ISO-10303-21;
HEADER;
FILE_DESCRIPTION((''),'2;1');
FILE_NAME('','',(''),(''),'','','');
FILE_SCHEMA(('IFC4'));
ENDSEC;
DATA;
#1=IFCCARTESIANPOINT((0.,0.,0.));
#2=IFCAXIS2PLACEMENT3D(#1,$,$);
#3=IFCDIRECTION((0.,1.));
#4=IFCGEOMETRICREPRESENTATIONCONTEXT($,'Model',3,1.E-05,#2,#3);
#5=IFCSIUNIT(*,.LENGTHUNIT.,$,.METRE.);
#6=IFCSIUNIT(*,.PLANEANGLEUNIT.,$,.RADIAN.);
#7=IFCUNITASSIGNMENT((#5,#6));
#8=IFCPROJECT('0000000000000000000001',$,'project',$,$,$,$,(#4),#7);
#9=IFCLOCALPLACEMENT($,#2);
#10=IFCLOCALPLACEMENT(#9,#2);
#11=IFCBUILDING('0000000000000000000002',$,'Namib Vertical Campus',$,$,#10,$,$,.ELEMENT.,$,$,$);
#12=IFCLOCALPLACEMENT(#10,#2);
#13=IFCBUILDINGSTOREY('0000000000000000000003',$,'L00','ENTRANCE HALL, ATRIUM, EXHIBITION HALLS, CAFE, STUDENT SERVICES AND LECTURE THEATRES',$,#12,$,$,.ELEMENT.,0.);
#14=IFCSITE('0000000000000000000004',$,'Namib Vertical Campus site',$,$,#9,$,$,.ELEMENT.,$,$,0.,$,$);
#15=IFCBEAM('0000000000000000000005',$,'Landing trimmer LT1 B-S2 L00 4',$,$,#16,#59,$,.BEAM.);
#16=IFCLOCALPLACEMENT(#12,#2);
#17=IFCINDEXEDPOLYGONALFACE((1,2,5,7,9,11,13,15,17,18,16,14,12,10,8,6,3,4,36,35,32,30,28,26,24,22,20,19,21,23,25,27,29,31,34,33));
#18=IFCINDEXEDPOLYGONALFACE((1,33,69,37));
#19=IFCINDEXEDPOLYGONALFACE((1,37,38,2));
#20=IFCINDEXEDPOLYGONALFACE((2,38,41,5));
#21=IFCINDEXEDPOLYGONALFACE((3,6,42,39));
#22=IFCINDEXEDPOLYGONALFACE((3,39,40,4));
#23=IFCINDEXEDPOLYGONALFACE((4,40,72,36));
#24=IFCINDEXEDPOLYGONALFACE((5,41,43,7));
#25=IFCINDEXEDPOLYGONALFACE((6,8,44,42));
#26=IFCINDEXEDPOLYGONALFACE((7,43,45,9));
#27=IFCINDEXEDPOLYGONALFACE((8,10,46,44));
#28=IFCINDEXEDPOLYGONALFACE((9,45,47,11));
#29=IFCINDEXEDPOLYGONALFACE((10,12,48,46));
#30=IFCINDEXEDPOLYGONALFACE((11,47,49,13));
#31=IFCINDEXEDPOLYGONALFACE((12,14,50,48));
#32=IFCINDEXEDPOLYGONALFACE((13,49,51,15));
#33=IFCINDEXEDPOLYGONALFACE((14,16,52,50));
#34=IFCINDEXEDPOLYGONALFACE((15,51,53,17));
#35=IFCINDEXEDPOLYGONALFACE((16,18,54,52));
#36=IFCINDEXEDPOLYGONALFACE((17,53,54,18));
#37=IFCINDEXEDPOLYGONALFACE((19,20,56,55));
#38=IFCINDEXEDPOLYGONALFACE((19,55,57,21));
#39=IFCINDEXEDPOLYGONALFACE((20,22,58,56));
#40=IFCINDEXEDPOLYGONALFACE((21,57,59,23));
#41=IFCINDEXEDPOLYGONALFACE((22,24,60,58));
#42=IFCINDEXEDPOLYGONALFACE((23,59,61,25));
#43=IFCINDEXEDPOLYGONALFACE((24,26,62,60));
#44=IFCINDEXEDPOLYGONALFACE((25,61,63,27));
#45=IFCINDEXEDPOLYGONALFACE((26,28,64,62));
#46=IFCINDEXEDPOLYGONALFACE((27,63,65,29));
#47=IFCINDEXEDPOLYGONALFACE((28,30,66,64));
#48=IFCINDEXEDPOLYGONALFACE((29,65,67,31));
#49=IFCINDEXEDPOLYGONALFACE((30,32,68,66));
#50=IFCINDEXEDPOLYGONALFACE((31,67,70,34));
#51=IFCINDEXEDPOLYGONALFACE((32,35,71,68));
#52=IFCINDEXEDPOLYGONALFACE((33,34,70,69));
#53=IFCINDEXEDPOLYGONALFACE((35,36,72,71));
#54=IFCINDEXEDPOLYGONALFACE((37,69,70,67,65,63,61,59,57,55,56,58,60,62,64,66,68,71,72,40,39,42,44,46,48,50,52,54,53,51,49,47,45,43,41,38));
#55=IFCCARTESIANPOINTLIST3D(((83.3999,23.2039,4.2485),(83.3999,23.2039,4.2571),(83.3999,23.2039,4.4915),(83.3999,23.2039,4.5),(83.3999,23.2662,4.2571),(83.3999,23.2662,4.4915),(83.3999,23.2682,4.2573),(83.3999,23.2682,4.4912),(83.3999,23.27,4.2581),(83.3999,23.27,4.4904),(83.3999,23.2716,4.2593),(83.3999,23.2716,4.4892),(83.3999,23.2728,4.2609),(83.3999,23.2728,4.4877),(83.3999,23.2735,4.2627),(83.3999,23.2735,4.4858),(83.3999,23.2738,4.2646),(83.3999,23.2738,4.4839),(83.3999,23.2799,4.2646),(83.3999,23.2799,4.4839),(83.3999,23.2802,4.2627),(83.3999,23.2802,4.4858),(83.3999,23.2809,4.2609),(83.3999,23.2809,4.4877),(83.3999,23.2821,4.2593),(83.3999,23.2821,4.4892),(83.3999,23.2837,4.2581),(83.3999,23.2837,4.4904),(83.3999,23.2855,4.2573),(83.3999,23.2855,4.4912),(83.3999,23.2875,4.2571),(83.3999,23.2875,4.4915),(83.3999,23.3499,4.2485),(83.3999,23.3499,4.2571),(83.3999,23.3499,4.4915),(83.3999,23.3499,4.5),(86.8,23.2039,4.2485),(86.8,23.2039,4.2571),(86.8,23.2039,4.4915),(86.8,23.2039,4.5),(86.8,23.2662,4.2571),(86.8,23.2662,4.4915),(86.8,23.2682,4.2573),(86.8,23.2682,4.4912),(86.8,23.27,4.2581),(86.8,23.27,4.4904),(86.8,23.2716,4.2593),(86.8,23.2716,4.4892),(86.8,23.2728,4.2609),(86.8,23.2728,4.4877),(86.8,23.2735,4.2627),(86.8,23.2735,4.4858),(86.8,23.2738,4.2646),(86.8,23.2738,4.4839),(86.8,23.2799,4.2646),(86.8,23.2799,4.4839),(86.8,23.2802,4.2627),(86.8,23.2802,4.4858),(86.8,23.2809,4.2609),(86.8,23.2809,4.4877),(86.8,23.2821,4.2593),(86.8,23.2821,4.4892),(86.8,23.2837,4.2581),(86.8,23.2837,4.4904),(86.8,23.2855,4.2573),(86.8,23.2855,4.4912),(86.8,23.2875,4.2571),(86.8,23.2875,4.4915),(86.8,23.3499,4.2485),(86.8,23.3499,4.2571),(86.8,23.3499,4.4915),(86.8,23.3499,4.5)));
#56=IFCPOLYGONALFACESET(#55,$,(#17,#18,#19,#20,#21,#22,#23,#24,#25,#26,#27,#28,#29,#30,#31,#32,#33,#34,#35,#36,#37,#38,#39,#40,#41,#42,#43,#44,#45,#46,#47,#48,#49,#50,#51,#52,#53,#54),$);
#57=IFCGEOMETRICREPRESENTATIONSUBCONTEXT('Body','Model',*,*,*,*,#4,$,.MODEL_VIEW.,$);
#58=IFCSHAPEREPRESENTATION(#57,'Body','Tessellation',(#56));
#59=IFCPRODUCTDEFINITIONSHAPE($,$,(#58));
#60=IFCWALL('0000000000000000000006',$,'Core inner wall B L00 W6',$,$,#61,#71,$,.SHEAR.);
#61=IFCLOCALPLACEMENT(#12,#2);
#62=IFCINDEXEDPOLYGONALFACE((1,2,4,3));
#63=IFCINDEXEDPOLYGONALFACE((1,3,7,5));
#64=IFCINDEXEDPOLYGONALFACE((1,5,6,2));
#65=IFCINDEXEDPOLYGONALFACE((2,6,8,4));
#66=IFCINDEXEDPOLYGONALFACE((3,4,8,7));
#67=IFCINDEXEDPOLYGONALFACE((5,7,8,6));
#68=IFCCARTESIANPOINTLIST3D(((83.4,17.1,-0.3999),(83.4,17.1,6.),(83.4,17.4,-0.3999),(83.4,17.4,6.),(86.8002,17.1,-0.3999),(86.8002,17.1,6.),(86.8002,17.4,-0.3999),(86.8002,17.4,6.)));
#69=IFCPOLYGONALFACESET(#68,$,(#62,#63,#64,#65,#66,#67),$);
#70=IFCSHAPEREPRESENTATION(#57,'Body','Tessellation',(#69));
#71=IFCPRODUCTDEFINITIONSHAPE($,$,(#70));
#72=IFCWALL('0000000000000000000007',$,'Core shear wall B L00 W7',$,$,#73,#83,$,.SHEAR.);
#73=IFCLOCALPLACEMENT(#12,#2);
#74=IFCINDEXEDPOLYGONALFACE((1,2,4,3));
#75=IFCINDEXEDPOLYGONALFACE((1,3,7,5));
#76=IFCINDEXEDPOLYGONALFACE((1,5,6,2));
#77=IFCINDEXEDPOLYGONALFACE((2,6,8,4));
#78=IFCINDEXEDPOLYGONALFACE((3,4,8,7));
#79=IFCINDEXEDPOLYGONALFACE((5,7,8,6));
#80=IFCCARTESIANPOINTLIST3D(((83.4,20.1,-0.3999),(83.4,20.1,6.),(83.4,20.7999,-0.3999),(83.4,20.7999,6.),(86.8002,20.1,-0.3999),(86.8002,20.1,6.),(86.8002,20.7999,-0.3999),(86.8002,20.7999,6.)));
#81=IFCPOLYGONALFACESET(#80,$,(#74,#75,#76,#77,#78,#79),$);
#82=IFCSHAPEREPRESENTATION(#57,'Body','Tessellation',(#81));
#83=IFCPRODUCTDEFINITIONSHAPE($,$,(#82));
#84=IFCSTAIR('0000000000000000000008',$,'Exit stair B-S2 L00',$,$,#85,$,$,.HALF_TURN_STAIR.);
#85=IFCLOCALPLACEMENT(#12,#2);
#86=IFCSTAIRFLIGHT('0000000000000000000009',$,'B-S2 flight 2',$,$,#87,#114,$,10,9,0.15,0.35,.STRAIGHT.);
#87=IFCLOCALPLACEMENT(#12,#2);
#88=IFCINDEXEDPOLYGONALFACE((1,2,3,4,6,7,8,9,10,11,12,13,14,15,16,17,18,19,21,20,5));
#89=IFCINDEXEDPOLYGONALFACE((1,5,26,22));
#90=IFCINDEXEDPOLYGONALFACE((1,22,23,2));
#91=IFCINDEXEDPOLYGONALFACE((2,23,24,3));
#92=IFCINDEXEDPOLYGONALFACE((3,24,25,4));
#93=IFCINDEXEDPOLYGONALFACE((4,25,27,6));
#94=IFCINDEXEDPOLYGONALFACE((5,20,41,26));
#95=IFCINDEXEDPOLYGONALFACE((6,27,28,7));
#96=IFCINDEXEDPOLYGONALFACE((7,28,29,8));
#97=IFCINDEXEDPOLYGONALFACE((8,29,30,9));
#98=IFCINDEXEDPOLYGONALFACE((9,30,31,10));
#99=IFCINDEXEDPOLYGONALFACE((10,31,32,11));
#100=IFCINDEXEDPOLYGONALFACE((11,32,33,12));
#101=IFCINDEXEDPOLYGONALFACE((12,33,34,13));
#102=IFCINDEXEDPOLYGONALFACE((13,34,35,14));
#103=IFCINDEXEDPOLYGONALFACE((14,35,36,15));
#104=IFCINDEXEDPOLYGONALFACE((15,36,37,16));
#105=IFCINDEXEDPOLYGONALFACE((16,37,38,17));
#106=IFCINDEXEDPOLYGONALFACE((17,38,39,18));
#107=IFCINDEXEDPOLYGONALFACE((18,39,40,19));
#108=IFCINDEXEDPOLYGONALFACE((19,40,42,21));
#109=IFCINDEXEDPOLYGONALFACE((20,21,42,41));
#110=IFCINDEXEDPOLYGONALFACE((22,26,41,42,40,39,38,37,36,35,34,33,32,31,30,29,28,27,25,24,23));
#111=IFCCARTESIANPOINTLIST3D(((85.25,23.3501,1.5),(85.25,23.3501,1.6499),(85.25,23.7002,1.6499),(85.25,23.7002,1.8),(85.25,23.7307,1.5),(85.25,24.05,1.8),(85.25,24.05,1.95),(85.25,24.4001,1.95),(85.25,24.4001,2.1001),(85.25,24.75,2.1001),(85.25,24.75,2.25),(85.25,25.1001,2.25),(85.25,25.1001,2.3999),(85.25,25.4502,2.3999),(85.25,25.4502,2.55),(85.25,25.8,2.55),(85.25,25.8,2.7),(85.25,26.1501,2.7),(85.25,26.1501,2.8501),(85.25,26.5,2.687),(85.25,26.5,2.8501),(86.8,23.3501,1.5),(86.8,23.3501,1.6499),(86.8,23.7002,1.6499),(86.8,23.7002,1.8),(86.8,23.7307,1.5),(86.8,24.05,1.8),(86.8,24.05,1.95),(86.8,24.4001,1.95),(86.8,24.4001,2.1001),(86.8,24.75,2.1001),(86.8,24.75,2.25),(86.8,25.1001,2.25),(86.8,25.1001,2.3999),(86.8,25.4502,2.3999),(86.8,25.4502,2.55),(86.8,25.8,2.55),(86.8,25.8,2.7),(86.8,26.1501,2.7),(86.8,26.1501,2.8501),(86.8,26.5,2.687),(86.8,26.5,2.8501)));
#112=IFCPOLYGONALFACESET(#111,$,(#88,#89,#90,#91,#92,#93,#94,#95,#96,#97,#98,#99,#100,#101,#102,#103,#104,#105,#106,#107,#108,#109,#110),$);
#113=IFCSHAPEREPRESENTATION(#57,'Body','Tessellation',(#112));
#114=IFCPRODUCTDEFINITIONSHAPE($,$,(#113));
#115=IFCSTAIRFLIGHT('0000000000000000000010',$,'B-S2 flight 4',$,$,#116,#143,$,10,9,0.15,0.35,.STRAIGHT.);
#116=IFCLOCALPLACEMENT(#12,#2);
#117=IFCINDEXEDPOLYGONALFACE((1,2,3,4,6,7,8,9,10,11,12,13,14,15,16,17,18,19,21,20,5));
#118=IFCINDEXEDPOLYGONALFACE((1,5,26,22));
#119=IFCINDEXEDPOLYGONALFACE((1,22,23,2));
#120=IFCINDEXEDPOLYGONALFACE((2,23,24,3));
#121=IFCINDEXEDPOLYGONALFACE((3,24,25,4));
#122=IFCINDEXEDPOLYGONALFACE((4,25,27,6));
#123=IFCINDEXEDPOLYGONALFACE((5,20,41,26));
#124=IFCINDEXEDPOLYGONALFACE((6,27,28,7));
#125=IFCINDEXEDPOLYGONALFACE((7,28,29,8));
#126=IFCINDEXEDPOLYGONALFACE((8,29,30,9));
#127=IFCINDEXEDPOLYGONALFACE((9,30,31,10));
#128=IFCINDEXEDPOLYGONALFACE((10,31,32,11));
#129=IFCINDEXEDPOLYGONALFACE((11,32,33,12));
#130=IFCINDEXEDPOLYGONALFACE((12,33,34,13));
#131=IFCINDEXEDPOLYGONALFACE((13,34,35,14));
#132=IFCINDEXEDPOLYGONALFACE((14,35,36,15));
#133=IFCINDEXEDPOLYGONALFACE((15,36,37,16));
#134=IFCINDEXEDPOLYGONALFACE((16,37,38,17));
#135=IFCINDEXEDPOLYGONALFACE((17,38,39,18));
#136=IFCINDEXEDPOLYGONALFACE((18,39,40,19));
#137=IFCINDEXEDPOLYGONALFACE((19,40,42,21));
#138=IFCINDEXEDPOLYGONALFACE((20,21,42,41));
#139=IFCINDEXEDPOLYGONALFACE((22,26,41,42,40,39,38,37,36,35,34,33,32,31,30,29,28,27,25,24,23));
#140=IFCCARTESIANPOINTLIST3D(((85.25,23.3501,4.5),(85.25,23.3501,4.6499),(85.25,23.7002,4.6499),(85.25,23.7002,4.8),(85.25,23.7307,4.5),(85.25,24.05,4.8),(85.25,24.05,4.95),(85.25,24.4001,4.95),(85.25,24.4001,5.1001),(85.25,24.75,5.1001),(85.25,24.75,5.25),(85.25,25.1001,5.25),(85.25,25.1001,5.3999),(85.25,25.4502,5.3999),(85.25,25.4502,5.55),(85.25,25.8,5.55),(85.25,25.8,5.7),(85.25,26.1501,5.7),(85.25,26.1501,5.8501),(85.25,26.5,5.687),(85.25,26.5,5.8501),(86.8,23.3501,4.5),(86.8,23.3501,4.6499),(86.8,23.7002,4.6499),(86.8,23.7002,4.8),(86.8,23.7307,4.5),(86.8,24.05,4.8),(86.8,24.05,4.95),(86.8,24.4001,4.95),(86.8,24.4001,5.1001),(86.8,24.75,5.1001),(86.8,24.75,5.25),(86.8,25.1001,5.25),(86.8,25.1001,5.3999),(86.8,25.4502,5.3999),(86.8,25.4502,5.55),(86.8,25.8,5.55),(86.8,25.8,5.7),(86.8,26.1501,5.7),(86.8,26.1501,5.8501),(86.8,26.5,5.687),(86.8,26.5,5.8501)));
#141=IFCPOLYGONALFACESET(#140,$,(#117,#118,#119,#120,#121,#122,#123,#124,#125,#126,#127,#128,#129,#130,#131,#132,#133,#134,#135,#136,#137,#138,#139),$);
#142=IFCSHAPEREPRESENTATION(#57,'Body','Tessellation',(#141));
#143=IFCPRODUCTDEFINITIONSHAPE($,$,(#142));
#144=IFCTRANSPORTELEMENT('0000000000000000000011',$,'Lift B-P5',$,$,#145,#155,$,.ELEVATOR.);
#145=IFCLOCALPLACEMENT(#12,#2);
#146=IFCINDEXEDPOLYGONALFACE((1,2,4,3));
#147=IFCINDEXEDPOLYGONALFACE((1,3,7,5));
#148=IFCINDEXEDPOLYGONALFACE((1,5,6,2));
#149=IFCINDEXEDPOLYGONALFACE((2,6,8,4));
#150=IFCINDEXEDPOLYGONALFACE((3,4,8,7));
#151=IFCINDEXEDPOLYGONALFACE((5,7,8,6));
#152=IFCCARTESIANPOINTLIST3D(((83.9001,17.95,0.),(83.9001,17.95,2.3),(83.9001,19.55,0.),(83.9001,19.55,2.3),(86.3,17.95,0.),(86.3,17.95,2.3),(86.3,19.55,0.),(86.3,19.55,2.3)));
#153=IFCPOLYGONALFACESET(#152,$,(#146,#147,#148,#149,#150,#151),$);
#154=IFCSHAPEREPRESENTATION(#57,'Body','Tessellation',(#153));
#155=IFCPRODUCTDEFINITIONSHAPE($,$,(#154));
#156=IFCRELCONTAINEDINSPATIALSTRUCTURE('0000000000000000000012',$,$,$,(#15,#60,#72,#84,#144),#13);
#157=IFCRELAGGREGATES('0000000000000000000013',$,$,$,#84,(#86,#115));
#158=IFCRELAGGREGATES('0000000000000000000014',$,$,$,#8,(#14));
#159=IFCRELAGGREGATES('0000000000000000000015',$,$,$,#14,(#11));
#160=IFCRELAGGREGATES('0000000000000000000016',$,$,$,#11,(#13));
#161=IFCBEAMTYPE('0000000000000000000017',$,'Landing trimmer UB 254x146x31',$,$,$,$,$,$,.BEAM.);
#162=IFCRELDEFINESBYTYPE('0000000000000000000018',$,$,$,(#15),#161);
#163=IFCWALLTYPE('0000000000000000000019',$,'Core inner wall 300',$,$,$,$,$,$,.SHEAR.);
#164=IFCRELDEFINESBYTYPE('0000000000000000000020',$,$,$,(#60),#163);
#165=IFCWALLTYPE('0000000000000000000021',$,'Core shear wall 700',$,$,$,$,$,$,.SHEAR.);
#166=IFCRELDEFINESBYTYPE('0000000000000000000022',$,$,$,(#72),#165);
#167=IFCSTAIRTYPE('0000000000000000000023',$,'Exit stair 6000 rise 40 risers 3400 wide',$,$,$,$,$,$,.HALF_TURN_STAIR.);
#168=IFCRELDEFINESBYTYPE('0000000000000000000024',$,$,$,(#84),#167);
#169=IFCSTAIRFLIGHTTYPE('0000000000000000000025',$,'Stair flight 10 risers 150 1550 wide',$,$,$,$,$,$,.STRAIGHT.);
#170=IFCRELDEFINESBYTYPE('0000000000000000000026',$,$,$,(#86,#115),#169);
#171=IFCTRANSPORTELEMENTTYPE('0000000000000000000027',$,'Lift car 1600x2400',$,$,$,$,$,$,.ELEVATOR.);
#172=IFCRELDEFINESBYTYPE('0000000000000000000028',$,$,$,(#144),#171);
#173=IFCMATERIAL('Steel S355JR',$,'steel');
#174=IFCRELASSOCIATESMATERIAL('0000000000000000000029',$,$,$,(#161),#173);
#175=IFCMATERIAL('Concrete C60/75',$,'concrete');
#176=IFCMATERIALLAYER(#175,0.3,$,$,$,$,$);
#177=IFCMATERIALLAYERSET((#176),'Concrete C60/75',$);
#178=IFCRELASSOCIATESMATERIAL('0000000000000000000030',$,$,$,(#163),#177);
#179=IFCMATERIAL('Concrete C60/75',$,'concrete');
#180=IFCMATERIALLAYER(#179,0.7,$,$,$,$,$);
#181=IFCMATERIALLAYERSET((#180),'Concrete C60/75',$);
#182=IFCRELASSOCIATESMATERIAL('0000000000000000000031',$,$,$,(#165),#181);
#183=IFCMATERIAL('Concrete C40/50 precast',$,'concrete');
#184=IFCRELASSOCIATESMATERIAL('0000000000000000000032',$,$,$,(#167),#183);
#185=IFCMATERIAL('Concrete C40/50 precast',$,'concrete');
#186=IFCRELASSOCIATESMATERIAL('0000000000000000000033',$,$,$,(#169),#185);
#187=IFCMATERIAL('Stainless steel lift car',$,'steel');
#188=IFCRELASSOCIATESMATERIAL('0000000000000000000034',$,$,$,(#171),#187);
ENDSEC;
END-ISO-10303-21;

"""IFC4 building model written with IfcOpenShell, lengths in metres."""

from ifc_helpers import new_model, si_unit, direction, frame, frame_2d, origin, origin_2d, place, context, subcontext, project, spatial, polyline, rectangle, i_section, outline, extrude, material, layer, layer_set, material_profile, profile_set, type_object, element, aggregate, save


model = new_model("IFC4")

# Units and contexts
model_context = context("Model", 3, precision=1e-05, world=origin(), true_north=direction((0.0, 1.0)))
body_context = subcontext(model_context, "Body", "Model", "MODEL_VIEW")
ifc_project = project(units=[si_unit("LENGTHUNIT", "METRE"), si_unit("PLANEANGLEUNIT", "RADIAN")], contexts=[model_context])

# Site, building, storey
site_placement = place(None, origin())
site = spatial("IfcSite", under=ifc_project, at=site_placement, Name="Namib Vertical Campus site", CompositionType="ELEMENT", RefElevation=0.0)
building_placement = place(site_placement, origin())
building = spatial("IfcBuilding", under=site, at=building_placement, Name="Namib Vertical Campus", CompositionType="ELEMENT")
storey_placement = place(building_placement, origin())
storey = spatial("IfcBuildingStorey", under=building, at=storey_placement, Name="L00", Description="ENTRANCE HALL, ATRIUM, EXHIBITION HALLS, CAFE, STUDENT SERVICES AND LECTURE THEATRES", CompositionType="ELEMENT", Elevation=0.0)

# Beam
ifc_material_1 = material(Name="Steel S355JR", Category="steel")
ifc_material_profile_1 = material_profile(ifc_material_1, i_section(OverallWidth=0.146, OverallDepth=0.2515, WebThickness=0.0061, FlangeThickness=0.0085, FilletRadius=0.0076, at=origin_2d()))
ifc_profile_set_1 = profile_set([ifc_material_profile_1], Name="Steel S355JR")
beam_type = type_object("IfcBeamType", Name="Landing trimmer UB 254x146x31", PredefinedType="BEAM", material=ifc_profile_set_1)
for number, where, z_axis, x_axis, name in (
    (1, (83.3999, 23.2769, 4.3743), (1.0, 0.0, 0.0), (0.0, 1.0, 0.0), "Landing trimmer LT1 B-S2 L00 4"),
):
    element("IfcBeam", number, at=place(storey_placement, frame(where, z_axis=z_axis, x_axis=x_axis)), inside=storey, type_object=beam_type, Name=name, PredefinedType="BEAM", context=body_context, shape_type="SweptSolid", body=[
        extrude(i_section(OverallWidth=0.146, OverallDepth=0.2515, WebThickness=0.0061, FlangeThickness=0.0085, FilletRadius=0.0076, at=origin_2d()), origin(), (0.0, 0.0, 1.0), 3.4001),
    ])

# Walls
ifc_material_2 = material(Name="Concrete C60/75", Category="concrete")
ifc_layer_1 = layer(ifc_material_2, 0.3)
ifc_layer_set_1 = layer_set([ifc_layer_1], Name="Concrete C60/75")
wall_type_1 = type_object("IfcWallType", Name="Core inner wall 300", PredefinedType="SHEAR", material=ifc_layer_set_1)
wall_1_placement = place(storey_placement, frame((83.3999, 17.25, -0.3999), z_axis=(0.0, 0.0, 1.0), x_axis=(1.0, 0.0, 0.0)))
element("IfcWall", 2, at=wall_1_placement, inside=storey, type_object=wall_type_1, Name="Core inner wall B L00 W6", PredefinedType="SHEAR", context=body_context, shape_type="SweptSolid", body=[
    extrude(rectangle(XDim=3.4001, YDim=0.3, at=frame_2d((1.7002, 0.0))), origin(), (0.0, 0.0, 1.0), 6.3999),
])
ifc_material_3 = material(Name="Concrete C60/75", Category="concrete")
ifc_layer_2 = layer(ifc_material_3, 0.7)
ifc_layer_set_2 = layer_set([ifc_layer_2], Name="Concrete C60/75")
wall_type_2 = type_object("IfcWallType", Name="Core shear wall 700", PredefinedType="SHEAR", material=ifc_layer_set_2)
wall_2_placement = place(storey_placement, frame((83.3999, 20.45, -0.3999), z_axis=(0.0, 0.0, 1.0), x_axis=(1.0, 0.0, 0.0)))
element("IfcWall", 3, at=wall_2_placement, inside=storey, type_object=wall_type_2, Name="Core shear wall B L00 W7", PredefinedType="SHEAR", context=body_context, shape_type="SweptSolid", body=[
    extrude(rectangle(XDim=3.4001, YDim=0.7, at=frame_2d((1.7002, 0.0))), origin(), (0.0, 0.0, 1.0), 6.3999),
])

# Stair, stair flights
ifc_material_4 = material(Name="Concrete C40/50 precast", Category="concrete")
stair_type = type_object("IfcStairType", Name="Exit stair 6000 rise 40 risers 3400 wide", PredefinedType="HALF_TURN_STAIR", material=ifc_material_4)
stair_placement = place(storey_placement, origin())
stair = element("IfcStair", 4, at=stair_placement, inside=storey, type_object=stair_type, Name="Exit stair B-S2 L00", PredefinedType="HALF_TURN_STAIR")
ifc_material_5 = material(Name="Concrete C40/50 precast", Category="concrete")
stair_flight_type = type_object("IfcStairFlightType", Name="Stair flight 10 risers 150 1550 wide", PredefinedType="STRAIGHT", material=ifc_material_5)
stair_flight_1_placement = place(storey_placement, frame((86.0249, 23.3501, 1.5), z_axis=(0.0, 0.0, 1.0), x_axis=(0.0, 1.0, 0.0)))
stair_flight_1 = element("IfcStairFlight", 5, at=stair_flight_1_placement, type_object=stair_flight_type, Name="B-S2 flight 2", NumberOfRisers=10, NumberOfTreads=9, PredefinedType="STRAIGHT", RiserHeight=0.15, TreadLength=0.35, context=body_context, shape_type="SweptSolid", body=[
    extrude(outline(polyline([(0.0, 0.0), (0.0, 0.1499), (0.3501, 0.1499), (0.3501, 0.3), (0.7, 0.3), (0.7, 0.45), (1.05, 0.45), (1.05, 0.6001), (1.3999, 0.6001), (1.3999, 0.75), (1.75, 0.75), (1.75, 0.8999), (2.1001, 0.8999), (2.1001, 1.05), (2.45, 1.05), (2.45, 1.2), (2.8, 1.2), (2.8, 1.3501), (3.1499, 1.3501), (3.1499, 1.5), (3.1499, 1.187), (0.3806, 0.0), (0.0, 0.0)])), frame((0.0, 0.7749, 0.0), z_axis=(0.0, -1.0, 0.0), x_axis=(1.0, 0.0, 0.0)), (0.0, 0.0, 1.0), 1.55),
])
stair_flight_2_placement = place(storey_placement, frame((86.0249, 23.3501, 4.5), z_axis=(0.0, 0.0, 1.0), x_axis=(0.0, 1.0, 0.0)))
stair_flight_2 = element("IfcStairFlight", 6, at=stair_flight_2_placement, type_object=stair_flight_type, Name="B-S2 flight 4", NumberOfRisers=10, NumberOfTreads=9, PredefinedType="STRAIGHT", RiserHeight=0.15, TreadLength=0.35, context=body_context, shape_type="SweptSolid", body=[
    extrude(outline(polyline([(0.0, 0.0), (0.0, 0.1499), (0.3501, 0.1499), (0.3501, 0.3), (0.7, 0.3), (0.7, 0.45), (1.05, 0.45), (1.05, 0.6001), (1.3999, 0.6001), (1.3999, 0.75), (1.75, 0.75), (1.75, 0.8999), (2.1001, 0.8999), (2.1001, 1.05), (2.45, 1.05), (2.45, 1.2), (2.8, 1.2), (2.8, 1.3501), (3.1499, 1.3501), (3.1499, 1.5), (3.1499, 1.187), (0.3806, 0.0), (0.0, 0.0)])), frame((0.0, 0.7749, 0.0), z_axis=(0.0, -1.0, 0.0), x_axis=(1.0, 0.0, 0.0)), (0.0, 0.0, 1.0), 1.55),
])
aggregate(stair, [stair_flight_1, stair_flight_2])

# Transport element
ifc_material_6 = material(Name="Stainless steel lift car", Category="steel")
transport_element_type = type_object("IfcTransportElementType", Name="Lift car 1600x2400", PredefinedType="ELEVATOR", material=ifc_material_6)
transport_element_placement = place(storey_placement, frame((85.1001, 18.75, 0.0), z_axis=(0.0, 0.0, 1.0), x_axis=(1.0, 0.0, 0.0)))
element("IfcTransportElement", 7, at=transport_element_placement, inside=storey, type_object=transport_element_type, Name="Lift B-P5", PredefinedType="ELEVATOR", context=body_context, shape_type="SweptSolid", body=[
    extrude(rectangle(XDim=2.3999, YDim=1.6001, at=origin_2d()), origin(), (0.0, 0.0, 1.0), 2.3),
])

save(model, "model.ifc")
